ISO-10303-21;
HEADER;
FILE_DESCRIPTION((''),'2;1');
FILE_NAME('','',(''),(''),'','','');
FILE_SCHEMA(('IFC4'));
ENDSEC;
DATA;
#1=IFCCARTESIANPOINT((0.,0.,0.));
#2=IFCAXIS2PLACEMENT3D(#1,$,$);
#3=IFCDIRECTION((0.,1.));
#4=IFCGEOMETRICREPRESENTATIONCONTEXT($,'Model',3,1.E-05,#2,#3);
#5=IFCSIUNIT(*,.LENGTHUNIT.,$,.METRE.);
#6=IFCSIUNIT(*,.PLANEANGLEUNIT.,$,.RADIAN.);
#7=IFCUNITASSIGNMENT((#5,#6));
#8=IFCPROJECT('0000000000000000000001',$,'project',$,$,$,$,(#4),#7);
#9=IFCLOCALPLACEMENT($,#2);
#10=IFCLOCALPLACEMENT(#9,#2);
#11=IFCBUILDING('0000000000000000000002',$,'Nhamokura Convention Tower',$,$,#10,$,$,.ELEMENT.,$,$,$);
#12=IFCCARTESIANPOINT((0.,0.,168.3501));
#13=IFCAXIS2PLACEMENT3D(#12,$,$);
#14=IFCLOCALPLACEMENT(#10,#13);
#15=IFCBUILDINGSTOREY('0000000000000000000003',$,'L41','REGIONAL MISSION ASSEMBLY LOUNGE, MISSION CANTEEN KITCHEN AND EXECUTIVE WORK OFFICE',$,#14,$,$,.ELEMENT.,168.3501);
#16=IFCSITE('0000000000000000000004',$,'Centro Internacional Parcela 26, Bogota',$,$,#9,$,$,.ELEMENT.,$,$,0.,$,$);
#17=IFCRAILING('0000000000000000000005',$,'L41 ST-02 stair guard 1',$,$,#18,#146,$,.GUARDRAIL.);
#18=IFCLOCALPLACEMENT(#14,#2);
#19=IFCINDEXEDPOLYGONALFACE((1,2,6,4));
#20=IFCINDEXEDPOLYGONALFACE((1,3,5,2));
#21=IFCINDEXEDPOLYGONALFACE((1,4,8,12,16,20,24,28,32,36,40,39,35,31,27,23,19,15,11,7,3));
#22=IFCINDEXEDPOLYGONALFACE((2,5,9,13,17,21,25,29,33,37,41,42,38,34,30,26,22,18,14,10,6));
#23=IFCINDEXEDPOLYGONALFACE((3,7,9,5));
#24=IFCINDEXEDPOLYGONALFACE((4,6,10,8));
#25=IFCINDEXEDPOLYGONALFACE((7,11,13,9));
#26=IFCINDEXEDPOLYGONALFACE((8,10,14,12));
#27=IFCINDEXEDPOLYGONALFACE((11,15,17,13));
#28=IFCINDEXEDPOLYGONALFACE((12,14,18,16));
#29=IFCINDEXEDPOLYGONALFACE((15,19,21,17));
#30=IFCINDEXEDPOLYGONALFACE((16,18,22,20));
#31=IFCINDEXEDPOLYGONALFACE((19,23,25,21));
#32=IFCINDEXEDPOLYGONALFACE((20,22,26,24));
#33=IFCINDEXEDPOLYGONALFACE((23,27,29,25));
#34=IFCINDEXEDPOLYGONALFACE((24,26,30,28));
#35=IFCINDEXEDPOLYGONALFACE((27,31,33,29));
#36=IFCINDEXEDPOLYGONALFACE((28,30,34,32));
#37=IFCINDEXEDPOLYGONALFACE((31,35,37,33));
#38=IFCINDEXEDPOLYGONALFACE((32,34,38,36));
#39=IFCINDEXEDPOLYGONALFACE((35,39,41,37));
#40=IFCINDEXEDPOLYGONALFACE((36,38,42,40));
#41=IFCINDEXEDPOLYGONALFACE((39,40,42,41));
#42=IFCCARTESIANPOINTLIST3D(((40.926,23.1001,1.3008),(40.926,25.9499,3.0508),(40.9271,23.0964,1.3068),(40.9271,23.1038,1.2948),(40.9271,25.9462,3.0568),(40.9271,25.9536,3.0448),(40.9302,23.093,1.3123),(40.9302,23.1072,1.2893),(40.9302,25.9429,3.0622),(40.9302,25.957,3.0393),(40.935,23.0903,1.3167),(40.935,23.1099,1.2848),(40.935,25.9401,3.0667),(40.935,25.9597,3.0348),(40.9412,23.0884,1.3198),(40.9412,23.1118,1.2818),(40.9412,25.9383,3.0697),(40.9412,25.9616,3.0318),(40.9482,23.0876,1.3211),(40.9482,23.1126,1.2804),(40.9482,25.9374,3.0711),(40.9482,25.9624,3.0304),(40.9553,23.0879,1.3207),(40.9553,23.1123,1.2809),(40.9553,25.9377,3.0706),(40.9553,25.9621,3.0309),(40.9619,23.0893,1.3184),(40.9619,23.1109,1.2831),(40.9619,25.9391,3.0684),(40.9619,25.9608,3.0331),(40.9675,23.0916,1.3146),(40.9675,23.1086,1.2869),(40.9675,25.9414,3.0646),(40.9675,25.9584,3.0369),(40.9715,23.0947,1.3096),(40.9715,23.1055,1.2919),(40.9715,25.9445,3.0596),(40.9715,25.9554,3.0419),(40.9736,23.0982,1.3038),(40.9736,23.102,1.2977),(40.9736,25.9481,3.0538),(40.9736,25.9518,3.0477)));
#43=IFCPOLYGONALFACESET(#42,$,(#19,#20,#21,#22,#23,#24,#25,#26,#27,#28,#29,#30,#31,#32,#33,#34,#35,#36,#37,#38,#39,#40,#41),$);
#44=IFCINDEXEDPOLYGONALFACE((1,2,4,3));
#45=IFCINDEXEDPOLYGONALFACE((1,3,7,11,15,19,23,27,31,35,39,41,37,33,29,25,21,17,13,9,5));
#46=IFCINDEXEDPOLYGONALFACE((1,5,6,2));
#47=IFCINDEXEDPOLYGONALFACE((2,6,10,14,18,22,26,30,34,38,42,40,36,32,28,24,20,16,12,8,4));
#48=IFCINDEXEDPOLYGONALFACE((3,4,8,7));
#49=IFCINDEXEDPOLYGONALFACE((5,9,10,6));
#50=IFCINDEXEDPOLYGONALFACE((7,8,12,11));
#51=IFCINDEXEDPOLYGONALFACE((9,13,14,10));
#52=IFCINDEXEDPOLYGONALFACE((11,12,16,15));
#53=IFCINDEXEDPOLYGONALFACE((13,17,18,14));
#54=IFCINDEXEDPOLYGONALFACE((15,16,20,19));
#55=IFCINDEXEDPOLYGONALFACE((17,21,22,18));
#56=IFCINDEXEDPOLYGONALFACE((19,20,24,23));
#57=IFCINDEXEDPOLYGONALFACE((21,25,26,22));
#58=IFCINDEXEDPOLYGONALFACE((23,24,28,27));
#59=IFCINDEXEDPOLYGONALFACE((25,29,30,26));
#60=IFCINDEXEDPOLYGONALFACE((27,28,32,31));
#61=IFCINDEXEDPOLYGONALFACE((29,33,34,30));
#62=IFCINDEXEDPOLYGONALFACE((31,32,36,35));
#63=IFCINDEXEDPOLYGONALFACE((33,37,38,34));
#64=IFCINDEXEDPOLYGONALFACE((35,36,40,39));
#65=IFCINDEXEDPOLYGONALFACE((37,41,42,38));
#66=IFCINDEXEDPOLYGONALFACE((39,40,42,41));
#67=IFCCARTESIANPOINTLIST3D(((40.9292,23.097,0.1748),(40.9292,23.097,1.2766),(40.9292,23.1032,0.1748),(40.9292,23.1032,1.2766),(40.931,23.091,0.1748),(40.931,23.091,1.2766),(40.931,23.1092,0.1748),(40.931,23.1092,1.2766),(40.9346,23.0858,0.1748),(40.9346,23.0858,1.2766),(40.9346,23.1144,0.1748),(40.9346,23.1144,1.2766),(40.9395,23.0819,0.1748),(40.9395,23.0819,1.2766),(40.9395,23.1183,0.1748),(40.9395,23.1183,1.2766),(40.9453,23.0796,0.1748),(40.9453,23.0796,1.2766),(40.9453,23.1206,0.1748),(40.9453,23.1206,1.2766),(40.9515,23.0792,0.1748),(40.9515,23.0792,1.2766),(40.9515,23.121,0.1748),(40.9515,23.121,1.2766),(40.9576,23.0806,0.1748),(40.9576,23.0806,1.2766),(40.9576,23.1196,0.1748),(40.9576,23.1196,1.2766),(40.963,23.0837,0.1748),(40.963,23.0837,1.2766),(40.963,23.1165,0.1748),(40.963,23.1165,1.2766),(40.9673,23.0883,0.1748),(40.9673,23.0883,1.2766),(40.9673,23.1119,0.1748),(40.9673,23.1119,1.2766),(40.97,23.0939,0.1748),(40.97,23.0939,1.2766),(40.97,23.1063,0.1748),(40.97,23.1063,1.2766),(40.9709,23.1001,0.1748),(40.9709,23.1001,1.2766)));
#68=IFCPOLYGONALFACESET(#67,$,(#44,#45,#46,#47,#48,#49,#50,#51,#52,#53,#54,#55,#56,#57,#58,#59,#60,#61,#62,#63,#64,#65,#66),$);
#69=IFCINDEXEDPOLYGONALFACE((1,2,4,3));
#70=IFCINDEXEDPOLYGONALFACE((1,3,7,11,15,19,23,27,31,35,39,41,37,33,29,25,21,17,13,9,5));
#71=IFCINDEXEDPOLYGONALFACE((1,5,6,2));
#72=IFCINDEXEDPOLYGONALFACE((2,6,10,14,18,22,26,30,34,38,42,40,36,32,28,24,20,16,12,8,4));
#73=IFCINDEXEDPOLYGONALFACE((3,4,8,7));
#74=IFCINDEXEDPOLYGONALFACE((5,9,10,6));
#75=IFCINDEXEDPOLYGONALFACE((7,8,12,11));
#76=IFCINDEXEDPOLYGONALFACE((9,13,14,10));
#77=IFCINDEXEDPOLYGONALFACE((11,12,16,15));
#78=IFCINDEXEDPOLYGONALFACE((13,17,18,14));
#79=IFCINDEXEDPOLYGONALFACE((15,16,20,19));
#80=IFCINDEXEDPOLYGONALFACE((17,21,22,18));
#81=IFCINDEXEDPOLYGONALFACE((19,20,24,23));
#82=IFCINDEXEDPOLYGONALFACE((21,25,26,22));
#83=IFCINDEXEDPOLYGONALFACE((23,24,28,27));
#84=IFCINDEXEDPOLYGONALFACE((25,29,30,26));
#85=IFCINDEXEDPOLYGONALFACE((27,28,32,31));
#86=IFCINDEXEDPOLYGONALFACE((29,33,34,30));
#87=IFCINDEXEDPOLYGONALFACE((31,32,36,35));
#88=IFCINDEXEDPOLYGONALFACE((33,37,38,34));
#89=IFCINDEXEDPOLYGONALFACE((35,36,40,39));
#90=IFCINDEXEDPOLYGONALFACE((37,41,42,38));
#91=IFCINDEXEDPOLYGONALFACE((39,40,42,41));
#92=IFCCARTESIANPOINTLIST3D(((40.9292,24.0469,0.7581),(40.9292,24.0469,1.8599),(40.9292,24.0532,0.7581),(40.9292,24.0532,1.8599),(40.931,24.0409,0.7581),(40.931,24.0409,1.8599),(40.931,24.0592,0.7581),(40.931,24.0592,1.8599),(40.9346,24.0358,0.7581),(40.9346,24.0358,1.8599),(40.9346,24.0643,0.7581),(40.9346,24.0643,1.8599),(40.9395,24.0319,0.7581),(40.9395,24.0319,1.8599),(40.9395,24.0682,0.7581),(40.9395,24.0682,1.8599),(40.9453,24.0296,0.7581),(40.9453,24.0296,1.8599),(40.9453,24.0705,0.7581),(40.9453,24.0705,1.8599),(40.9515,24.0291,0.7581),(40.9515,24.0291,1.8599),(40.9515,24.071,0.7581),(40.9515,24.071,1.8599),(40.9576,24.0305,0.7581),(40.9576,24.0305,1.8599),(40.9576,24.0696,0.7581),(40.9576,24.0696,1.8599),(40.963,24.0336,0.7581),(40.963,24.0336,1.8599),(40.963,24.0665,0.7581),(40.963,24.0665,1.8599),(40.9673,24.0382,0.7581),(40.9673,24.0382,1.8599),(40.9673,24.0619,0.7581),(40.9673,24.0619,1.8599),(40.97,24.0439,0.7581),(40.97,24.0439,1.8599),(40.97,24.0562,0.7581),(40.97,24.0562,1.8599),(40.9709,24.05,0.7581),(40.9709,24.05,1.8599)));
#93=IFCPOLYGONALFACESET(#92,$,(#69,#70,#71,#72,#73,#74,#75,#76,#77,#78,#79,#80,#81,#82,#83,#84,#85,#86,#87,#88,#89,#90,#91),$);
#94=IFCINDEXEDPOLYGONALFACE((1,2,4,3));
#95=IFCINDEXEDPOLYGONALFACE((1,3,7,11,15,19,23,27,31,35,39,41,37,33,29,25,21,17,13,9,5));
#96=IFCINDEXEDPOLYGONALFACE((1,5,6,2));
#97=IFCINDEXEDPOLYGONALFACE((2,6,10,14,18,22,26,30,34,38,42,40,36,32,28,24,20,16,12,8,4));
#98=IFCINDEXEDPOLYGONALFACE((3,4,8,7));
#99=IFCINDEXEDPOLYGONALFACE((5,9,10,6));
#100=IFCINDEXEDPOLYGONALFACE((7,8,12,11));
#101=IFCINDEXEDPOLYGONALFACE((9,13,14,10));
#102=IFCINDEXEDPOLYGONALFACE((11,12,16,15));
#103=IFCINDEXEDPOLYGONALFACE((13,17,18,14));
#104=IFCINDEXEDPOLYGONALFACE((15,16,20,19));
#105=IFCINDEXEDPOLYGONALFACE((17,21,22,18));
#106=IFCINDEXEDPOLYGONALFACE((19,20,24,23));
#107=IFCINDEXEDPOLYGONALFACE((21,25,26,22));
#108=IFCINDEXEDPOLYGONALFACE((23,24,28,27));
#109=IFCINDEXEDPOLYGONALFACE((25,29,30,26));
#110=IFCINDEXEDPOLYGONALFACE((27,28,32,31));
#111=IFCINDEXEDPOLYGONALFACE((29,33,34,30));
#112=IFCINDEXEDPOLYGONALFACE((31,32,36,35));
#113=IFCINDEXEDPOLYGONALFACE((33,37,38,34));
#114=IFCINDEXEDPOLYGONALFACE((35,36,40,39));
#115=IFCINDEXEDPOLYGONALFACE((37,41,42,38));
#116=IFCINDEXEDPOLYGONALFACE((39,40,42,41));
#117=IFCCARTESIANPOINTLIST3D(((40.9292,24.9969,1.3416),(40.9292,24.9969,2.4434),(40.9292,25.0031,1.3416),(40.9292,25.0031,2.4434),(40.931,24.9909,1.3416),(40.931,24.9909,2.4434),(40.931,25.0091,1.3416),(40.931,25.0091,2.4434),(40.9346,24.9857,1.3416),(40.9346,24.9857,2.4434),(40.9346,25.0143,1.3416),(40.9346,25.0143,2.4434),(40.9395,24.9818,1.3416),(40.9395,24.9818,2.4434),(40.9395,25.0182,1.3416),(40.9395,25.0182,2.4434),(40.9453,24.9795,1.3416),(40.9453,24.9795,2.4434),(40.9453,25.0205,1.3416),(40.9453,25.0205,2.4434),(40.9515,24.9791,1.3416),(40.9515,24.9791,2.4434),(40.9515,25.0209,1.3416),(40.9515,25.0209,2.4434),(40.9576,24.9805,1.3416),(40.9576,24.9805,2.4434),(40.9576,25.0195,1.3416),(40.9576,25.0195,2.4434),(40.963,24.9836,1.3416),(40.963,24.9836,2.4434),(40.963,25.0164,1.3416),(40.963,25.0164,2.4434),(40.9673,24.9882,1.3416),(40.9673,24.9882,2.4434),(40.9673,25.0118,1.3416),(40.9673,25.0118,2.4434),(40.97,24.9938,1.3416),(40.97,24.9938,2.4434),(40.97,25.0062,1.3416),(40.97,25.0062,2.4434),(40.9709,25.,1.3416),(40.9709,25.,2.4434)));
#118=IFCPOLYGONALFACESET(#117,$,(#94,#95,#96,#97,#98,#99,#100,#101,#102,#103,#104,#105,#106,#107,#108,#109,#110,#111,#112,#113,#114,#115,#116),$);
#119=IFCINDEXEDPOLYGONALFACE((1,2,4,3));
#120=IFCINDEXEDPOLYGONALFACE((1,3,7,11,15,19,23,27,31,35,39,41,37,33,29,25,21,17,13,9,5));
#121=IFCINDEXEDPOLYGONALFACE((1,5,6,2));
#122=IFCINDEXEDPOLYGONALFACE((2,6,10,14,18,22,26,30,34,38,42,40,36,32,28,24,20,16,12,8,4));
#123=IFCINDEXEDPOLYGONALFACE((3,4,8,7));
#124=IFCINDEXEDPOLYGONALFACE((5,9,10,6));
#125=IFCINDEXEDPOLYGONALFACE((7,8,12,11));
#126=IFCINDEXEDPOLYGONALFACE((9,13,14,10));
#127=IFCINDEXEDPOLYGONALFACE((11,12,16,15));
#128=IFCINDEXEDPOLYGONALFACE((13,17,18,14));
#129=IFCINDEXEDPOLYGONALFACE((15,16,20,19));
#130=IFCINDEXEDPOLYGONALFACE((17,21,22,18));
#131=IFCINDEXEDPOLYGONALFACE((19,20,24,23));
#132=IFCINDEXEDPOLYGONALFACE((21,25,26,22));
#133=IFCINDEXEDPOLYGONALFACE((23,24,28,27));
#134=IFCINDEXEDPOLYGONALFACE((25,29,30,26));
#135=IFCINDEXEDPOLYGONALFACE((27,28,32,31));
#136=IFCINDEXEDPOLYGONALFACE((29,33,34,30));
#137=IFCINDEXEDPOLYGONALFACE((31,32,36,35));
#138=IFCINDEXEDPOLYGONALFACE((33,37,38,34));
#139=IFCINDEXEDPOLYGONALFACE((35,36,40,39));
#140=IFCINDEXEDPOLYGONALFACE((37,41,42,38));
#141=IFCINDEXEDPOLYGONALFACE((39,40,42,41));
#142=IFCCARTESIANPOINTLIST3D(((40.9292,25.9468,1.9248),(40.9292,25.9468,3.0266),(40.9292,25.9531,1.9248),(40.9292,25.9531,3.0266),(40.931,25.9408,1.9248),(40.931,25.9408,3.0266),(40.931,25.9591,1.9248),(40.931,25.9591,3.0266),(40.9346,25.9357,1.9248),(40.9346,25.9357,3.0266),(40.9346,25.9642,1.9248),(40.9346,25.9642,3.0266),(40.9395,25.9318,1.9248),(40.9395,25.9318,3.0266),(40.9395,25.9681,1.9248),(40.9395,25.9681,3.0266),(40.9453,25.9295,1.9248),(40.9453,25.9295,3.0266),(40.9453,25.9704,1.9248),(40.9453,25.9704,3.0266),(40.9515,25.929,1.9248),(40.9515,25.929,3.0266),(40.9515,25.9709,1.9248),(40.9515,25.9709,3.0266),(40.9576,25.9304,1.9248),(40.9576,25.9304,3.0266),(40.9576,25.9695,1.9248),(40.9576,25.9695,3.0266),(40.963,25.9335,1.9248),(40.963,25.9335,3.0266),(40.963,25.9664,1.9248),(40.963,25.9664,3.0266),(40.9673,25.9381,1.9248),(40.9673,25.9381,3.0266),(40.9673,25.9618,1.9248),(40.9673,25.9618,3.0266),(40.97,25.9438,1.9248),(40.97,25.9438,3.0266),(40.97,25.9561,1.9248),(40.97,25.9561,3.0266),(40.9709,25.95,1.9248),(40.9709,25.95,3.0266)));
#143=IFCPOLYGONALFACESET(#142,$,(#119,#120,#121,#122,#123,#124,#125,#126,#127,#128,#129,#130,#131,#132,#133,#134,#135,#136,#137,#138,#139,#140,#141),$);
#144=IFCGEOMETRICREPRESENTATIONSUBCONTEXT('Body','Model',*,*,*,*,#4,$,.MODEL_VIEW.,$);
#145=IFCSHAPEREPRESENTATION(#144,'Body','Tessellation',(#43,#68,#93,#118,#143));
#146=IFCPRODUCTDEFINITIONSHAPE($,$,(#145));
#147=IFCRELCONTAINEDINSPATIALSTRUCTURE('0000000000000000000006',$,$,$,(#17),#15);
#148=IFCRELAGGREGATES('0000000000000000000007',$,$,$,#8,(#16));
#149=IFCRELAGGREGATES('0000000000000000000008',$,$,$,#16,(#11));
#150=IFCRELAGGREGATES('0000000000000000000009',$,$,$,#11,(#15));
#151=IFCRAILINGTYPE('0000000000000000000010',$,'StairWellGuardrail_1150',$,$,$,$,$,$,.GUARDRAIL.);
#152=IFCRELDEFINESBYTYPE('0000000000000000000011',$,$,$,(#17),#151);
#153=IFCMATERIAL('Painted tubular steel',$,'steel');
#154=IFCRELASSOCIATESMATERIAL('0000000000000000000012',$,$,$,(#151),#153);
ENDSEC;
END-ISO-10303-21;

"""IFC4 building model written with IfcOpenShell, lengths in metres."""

from ifc_helpers import new_model, si_unit, direction, frame, origin, origin_2d, place, context, subcontext, project, spatial, circle, extrude, material, type_object, element, save


model = new_model("IFC4")

# Units and contexts
model_context = context("Model", 3, precision=1e-05, world=origin(), true_north=direction((0.0, 1.0)))
body_context = subcontext(model_context, "Body", "Model", "MODEL_VIEW")
ifc_project = project(units=[si_unit("LENGTHUNIT", "METRE"), si_unit("PLANEANGLEUNIT", "RADIAN")], contexts=[model_context])

# Site, building, storey
site_placement = place(None, origin())
site = spatial("IfcSite", under=ifc_project, at=site_placement, Name="Centro Internacional Parcela 26, Bogota", CompositionType="ELEMENT", RefElevation=0.0)
building_placement = place(site_placement, origin())
building = spatial("IfcBuilding", under=site, at=building_placement, Name="Nhamokura Convention Tower", CompositionType="ELEMENT")
storey_placement = place(building_placement, frame((0.0, 0.0, 168.3501)))
storey = spatial("IfcBuildingStorey", under=building, at=storey_placement, Name="L41", Description="REGIONAL MISSION ASSEMBLY LOUNGE, MISSION CANTEEN KITCHEN AND EXECUTIVE WORK OFFICE", CompositionType="ELEMENT", Elevation=168.3501)

# Railing
ifc_material_1 = material(Name="Painted tubular steel", Category="steel")
railing_type_1 = type_object("IfcRailingType", Name="StairWellGuardrail_1150", PredefinedType="GUARDRAIL", material=ifc_material_1)
railing_1_placement = place(storey_placement, frame((40.95, 23.1001, 0.1748)))
element("IfcRailing", 1, at=railing_1_placement, inside=storey, type_object=railing_type_1, Name="L41 ST-02 stair guard 1", PredefinedType="GUARDRAIL", context=body_context, shape_type="SweptSolid", body=[
    extrude(circle(Radius=0.0239, at=origin_2d()), frame((0.0, 0.0, 1.126), z_axis=(0.0, 0.852159, 0.523283), x_axis=(-1.0, 0.0, 0.0)), (0.0, 0.0, 1.0), 3.3442),
    extrude(circle(Radius=0.021, at=origin_2d()), origin(), (0.0, 0.0, 1.0), 1.1018),
    extrude(circle(Radius=0.021, at=origin_2d()), frame((0.0, 0.95, 0.5833)), (0.0, 0.0, 1.0), 1.1018),
    extrude(circle(Radius=0.021, at=origin_2d()), frame((0.0, 1.8999, 1.1667)), (0.0, 0.0, 1.0), 1.1018),
    extrude(circle(Radius=0.021, at=origin_2d()), frame((0.0, 2.8499, 1.75)), (0.0, 0.0, 1.0), 1.1018),
])

save(model, "model.ifc")
